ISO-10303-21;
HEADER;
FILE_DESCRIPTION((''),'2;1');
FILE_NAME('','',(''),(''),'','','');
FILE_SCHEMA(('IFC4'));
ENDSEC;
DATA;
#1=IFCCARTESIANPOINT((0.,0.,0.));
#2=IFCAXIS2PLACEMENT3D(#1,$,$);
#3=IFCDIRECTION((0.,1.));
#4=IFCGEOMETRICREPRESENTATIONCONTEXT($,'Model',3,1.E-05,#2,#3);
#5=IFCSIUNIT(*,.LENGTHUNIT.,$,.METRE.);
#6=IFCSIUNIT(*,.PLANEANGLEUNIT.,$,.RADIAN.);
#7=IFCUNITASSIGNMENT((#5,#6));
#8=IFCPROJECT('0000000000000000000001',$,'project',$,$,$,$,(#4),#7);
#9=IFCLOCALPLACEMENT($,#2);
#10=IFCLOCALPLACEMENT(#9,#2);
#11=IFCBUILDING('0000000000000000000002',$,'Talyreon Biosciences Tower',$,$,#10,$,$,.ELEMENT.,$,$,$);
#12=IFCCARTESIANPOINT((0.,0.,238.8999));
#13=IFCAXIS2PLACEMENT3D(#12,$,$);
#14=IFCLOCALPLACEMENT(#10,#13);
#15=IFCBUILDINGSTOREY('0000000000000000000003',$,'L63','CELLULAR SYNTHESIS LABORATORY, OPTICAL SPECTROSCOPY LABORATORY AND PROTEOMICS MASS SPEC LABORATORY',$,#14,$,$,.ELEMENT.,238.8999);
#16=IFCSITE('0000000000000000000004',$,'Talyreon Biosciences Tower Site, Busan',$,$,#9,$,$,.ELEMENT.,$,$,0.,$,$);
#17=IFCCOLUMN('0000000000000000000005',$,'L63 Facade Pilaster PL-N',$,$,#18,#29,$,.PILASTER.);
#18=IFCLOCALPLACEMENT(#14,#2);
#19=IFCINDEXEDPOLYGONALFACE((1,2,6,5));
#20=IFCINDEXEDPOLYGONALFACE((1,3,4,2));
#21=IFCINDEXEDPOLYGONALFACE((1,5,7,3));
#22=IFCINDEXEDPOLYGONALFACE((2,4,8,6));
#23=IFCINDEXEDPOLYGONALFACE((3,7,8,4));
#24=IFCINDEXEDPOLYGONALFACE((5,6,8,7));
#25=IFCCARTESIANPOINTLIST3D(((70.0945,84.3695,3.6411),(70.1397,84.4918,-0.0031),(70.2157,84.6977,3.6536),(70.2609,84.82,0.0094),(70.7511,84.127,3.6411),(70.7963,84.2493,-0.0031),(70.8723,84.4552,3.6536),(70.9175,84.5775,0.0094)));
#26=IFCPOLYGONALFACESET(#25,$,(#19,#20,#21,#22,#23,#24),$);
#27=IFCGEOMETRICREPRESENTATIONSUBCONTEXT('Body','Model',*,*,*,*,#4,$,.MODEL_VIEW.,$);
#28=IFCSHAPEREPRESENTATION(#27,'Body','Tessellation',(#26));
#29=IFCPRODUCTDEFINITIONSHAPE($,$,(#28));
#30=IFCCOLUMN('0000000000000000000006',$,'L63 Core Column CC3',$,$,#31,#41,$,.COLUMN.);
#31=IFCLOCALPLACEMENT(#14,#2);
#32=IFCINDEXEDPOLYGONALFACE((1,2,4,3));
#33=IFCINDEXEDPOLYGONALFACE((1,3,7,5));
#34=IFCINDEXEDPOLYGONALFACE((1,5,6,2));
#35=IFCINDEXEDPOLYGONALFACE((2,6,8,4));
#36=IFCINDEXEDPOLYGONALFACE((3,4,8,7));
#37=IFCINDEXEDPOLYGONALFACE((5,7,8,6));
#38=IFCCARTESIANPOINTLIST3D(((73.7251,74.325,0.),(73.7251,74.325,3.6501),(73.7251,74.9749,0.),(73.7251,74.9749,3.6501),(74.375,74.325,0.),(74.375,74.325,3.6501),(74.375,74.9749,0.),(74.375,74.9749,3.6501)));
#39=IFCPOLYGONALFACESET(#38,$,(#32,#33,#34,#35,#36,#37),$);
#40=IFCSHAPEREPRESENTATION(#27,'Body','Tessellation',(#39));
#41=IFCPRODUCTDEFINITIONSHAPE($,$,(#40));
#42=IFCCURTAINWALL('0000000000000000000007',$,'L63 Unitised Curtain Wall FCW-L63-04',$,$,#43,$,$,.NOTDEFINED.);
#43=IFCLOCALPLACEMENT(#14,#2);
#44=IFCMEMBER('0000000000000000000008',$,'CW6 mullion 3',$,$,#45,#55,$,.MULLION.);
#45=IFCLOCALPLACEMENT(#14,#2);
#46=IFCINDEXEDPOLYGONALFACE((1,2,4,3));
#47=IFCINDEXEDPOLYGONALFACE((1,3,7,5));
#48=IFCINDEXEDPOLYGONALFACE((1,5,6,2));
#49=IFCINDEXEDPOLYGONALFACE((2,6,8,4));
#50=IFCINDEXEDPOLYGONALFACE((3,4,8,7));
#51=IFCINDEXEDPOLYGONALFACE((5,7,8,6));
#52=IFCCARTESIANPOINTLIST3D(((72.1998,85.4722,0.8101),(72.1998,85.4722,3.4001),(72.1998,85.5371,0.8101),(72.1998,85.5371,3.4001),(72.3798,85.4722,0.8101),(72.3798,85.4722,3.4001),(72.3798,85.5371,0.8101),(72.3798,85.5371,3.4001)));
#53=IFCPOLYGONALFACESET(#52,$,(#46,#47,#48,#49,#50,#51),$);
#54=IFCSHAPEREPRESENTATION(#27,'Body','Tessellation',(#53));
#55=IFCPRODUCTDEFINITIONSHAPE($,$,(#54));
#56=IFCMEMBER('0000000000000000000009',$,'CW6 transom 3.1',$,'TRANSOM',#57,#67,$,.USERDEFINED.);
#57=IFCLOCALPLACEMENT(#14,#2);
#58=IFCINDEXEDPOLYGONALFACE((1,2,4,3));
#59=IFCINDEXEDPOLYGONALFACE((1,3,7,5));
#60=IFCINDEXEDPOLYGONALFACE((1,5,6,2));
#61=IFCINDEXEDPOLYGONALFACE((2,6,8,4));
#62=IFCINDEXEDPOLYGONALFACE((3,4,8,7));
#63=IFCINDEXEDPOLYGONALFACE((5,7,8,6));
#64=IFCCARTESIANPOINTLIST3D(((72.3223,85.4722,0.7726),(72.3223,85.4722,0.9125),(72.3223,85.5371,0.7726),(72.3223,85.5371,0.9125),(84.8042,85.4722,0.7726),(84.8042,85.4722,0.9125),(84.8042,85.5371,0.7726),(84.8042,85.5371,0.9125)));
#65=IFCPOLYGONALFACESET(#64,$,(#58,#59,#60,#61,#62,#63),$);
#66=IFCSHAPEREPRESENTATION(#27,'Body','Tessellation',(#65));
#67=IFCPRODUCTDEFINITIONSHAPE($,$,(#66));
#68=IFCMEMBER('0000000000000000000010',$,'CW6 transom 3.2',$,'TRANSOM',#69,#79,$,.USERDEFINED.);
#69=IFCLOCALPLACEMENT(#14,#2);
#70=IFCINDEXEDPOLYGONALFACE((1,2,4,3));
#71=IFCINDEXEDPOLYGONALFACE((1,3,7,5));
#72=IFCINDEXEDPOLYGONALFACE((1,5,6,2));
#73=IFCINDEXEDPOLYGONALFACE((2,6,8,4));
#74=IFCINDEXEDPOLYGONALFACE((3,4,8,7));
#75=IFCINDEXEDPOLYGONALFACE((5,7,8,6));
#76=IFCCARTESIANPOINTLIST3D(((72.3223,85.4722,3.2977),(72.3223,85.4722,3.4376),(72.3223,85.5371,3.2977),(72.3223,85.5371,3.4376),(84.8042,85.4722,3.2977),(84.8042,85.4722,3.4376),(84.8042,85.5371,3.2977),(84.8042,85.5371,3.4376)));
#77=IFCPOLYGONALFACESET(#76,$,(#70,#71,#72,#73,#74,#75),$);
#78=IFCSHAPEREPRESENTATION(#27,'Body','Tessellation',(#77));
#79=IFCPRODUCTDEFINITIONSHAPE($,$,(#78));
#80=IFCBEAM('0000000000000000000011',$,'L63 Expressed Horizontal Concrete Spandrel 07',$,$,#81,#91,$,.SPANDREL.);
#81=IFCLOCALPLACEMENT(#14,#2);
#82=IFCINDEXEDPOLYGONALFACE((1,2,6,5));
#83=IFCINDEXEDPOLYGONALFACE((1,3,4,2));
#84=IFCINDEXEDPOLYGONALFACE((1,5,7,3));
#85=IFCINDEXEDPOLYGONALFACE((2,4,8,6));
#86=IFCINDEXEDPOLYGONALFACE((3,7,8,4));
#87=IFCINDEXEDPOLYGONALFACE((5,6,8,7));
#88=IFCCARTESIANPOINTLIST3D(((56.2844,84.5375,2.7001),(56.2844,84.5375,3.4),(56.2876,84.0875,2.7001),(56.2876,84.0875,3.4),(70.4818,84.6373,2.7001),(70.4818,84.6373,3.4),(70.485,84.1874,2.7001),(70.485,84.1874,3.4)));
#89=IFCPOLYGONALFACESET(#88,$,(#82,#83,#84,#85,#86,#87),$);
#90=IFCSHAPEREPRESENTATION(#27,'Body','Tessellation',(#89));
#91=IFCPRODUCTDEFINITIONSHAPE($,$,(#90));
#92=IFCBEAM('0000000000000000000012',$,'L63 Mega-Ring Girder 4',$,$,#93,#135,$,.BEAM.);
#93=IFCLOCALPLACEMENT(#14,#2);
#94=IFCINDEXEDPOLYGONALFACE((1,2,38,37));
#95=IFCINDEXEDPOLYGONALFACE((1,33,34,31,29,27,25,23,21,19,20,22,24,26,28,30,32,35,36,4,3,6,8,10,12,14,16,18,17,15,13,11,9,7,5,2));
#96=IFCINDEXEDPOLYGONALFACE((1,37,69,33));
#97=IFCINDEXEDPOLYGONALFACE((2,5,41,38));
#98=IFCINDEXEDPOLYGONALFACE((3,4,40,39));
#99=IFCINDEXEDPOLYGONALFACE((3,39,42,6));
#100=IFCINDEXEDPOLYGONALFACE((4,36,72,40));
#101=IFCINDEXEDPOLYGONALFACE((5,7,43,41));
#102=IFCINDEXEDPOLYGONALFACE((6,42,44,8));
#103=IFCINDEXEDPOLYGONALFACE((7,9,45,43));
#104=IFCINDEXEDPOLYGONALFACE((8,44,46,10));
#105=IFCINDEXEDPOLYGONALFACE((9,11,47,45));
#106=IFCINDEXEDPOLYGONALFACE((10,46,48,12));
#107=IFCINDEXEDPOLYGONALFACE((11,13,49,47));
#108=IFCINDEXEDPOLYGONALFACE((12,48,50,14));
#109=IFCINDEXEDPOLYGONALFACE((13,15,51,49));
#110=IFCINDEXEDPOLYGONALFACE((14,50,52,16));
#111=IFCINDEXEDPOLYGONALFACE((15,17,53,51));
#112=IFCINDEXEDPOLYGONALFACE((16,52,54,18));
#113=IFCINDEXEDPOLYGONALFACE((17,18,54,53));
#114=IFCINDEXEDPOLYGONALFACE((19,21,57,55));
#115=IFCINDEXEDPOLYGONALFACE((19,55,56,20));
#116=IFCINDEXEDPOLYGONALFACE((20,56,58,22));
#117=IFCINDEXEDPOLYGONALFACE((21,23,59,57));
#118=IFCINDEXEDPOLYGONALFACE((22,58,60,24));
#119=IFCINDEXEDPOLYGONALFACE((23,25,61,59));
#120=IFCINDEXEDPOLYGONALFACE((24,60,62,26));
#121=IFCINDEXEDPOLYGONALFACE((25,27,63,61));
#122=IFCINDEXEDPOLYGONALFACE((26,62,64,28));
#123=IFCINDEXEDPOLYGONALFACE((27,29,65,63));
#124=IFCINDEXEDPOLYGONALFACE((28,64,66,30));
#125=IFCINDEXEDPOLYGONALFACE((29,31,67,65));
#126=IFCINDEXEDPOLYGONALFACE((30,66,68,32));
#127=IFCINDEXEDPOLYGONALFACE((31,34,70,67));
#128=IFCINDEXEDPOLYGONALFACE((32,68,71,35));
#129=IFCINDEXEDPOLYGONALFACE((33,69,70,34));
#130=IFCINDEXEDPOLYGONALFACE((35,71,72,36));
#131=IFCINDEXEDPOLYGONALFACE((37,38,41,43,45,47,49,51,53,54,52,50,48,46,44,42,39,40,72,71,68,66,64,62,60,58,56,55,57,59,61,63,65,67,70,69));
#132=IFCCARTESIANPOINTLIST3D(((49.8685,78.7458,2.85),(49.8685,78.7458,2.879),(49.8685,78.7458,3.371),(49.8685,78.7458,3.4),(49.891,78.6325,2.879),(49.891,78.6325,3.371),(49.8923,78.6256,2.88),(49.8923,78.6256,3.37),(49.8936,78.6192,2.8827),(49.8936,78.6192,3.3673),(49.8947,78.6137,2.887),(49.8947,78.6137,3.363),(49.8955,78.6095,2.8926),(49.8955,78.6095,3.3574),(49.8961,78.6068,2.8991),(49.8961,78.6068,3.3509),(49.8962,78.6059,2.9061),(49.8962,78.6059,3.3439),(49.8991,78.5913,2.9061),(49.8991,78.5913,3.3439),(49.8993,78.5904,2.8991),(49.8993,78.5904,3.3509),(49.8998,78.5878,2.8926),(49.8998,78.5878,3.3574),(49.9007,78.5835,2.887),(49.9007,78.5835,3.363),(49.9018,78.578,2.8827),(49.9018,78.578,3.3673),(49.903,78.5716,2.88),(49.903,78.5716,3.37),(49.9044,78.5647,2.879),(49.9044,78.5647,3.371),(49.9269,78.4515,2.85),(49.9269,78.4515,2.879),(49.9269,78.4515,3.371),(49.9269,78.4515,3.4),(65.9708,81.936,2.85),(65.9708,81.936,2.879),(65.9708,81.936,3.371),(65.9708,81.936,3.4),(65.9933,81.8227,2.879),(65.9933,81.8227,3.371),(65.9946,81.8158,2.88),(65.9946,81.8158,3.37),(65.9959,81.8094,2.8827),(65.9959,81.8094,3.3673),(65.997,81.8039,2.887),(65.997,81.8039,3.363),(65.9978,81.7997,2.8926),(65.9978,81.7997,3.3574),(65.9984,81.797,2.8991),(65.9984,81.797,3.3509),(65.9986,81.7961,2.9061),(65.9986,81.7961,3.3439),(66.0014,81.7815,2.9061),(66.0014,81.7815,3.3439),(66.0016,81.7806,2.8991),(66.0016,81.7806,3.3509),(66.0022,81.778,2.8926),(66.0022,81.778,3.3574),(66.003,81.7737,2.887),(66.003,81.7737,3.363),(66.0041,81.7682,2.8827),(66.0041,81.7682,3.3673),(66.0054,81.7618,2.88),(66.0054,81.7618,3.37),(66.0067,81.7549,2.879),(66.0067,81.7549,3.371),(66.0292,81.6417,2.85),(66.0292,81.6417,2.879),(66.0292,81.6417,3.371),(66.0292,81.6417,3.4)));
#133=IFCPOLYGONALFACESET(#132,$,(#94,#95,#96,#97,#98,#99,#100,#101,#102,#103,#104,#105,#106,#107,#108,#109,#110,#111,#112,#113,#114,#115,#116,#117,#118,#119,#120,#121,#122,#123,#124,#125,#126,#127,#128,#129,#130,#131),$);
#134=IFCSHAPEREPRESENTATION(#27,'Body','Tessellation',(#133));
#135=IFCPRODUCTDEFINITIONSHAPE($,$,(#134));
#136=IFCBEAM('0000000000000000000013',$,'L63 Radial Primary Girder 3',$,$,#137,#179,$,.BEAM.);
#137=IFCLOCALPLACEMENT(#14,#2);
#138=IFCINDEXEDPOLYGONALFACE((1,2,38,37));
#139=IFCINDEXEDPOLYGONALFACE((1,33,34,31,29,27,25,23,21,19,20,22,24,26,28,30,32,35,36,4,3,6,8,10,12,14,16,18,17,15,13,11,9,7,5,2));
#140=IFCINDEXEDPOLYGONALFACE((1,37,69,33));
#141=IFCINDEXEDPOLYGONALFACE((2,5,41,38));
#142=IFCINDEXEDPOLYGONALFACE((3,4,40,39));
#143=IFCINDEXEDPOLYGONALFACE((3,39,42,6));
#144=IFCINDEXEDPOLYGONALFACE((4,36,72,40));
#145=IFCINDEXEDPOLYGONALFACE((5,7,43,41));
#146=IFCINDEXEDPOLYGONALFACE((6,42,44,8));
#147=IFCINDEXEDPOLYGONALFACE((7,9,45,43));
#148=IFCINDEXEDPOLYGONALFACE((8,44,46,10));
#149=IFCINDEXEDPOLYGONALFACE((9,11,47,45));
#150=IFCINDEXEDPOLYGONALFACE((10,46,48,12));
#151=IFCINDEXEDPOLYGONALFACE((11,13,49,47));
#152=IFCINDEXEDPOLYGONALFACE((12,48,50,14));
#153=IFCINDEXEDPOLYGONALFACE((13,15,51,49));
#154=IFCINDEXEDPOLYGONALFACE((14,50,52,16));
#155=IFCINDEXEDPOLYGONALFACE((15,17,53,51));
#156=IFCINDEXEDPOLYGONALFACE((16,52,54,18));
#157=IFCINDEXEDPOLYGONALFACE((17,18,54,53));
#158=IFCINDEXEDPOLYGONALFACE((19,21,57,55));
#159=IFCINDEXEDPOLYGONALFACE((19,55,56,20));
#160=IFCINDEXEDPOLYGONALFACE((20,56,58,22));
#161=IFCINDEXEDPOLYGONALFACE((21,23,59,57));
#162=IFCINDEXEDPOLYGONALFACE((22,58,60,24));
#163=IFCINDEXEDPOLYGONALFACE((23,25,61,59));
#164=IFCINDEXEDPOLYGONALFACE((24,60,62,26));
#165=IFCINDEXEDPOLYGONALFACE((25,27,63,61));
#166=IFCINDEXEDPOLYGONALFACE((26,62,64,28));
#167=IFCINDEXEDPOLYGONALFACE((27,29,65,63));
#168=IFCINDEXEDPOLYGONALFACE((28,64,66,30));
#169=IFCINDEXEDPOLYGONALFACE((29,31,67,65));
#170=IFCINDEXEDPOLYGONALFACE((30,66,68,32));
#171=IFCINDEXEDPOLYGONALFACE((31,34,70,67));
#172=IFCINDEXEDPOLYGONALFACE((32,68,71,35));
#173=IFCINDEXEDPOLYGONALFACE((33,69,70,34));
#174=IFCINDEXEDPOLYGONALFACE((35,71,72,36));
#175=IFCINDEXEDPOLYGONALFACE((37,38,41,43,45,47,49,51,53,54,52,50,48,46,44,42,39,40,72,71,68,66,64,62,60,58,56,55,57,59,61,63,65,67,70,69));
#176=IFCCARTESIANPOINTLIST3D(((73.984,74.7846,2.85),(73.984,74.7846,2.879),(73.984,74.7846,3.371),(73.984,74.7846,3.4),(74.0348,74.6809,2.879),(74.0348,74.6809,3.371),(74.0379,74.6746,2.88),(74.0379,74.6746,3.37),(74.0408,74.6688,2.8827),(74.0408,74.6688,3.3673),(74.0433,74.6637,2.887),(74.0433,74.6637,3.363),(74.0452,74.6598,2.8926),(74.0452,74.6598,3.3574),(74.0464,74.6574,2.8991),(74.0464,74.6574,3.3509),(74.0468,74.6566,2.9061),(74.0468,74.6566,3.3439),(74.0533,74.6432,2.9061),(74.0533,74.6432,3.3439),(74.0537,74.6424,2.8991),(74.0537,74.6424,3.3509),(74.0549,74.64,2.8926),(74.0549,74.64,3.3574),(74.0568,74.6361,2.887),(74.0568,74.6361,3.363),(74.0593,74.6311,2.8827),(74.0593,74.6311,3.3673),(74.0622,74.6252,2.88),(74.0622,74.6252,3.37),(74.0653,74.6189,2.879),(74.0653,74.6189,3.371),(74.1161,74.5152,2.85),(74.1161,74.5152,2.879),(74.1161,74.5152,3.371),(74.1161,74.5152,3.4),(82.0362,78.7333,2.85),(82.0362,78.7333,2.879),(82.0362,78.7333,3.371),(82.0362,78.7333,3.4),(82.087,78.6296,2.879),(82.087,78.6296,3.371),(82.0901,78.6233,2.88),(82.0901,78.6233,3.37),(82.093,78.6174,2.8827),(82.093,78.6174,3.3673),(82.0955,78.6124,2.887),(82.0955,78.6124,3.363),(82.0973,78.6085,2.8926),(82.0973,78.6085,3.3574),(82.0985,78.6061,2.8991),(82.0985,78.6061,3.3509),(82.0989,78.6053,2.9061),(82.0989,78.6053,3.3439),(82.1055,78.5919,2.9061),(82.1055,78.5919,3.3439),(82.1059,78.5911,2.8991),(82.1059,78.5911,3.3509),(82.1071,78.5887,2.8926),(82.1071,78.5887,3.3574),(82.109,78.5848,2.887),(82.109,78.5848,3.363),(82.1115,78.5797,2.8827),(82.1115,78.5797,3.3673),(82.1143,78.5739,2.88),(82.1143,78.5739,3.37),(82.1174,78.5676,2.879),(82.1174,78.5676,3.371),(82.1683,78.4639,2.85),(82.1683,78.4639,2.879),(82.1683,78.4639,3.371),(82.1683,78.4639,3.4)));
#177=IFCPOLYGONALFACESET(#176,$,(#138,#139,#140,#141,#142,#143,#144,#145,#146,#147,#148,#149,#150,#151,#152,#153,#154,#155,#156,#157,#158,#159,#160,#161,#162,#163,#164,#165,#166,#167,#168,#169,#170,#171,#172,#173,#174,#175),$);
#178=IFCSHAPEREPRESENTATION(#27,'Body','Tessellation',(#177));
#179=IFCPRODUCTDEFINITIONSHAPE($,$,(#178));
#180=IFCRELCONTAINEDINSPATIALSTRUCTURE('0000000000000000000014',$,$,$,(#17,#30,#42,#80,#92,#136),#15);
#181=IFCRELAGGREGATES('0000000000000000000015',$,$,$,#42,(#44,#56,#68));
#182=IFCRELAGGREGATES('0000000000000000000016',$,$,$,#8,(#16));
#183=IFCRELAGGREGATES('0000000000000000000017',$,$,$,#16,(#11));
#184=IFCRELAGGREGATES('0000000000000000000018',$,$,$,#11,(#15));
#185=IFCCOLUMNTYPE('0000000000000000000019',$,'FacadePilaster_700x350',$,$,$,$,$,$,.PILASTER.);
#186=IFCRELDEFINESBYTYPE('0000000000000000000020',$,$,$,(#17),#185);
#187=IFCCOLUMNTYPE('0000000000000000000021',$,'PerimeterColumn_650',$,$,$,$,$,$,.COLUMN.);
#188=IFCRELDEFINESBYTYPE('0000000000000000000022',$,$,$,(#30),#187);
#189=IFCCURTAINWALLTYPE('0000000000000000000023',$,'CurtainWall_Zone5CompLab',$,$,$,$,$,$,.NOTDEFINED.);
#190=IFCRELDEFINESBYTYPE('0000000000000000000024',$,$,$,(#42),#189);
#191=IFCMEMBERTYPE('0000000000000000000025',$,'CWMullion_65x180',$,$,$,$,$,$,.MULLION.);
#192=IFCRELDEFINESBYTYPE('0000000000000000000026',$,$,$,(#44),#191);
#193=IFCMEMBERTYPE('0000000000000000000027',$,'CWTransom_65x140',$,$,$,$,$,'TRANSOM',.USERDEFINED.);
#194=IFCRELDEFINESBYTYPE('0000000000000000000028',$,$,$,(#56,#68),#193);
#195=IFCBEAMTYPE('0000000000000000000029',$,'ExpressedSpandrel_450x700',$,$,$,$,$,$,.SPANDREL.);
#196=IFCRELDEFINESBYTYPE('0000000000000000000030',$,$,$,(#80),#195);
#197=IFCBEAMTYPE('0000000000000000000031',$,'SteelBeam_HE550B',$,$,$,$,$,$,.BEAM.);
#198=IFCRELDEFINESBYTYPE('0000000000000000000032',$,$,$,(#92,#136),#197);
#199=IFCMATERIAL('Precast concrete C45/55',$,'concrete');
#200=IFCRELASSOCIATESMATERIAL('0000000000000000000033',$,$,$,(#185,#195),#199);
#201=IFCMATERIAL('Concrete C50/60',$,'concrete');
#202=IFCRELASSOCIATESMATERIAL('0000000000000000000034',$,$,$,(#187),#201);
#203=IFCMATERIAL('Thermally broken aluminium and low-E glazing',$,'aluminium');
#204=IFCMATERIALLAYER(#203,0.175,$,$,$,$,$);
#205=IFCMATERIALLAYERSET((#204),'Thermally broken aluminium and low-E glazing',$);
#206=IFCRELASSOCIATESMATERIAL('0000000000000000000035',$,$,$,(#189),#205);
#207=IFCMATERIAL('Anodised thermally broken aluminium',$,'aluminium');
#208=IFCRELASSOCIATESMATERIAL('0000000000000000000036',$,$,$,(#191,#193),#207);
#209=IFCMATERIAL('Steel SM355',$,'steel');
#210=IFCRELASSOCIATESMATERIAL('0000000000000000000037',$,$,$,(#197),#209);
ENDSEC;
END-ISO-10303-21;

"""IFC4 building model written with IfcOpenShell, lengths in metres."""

from ifc_helpers import new_model, si_unit, direction, frame, origin, origin_2d, place, context, subcontext, project, spatial, rectangle, i_section, extrude, material, layer, layer_set, material_profile, profile_set, type_object, element, aggregate, save


model = new_model("IFC4")

# Units and contexts
model_context = context("Model", 3, precision=1e-05, world=origin(), true_north=direction((0.0, 1.0)))
body_context = subcontext(model_context, "Body", "Model", "MODEL_VIEW")
ifc_project = project(units=[si_unit("LENGTHUNIT", "METRE"), si_unit("PLANEANGLEUNIT", "RADIAN")], contexts=[model_context])

# Site, building, storey
site_placement = place(None, origin())
site = spatial("IfcSite", under=ifc_project, at=site_placement, Name="Talyreon Biosciences Tower Site, Busan", CompositionType="ELEMENT", RefElevation=0.0)
building_placement = place(site_placement, origin())
building = spatial("IfcBuilding", under=site, at=building_placement, Name="Talyreon Biosciences Tower", CompositionType="ELEMENT")
storey_placement = place(building_placement, frame((0.0, 0.0, 238.8999)))
storey = spatial("IfcBuildingStorey", under=building, at=storey_placement, Name="L63", Description="CELLULAR SYNTHESIS LABORATORY, OPTICAL SPECTROSCOPY LABORATORY AND PROTEOMICS MASS SPEC LABORATORY", CompositionType="ELEMENT", Elevation=238.8999)

# Columns
ifc_material_1 = material(Name="Precast concrete C45/55", Category="concrete")
ifc_material_profile_1 = material_profile(ifc_material_1, rectangle(XDim=0.7, YDim=0.3501, at=origin_2d()), Name="RC 700x350")
ifc_profile_set_1 = profile_set([ifc_material_profile_1], Name="Precast concrete C45/55")
column_type_1 = type_object("IfcColumnType", Name="FacadePilaster_700x350", PredefinedType="PILASTER", material=ifc_profile_set_1)
column_1_placement = place(storey_placement, frame((70.5286, 84.5347, 0.0032), z_axis=(-0.012387, -0.033544, 0.99936), x_axis=(-0.938087, 0.346399, 0.0)))
element("IfcColumn", 1, at=column_1_placement, inside=storey, type_object=column_type_1, Name="L63 Facade Pilaster PL-N", PredefinedType="PILASTER", context=body_context, shape_type="SweptSolid", body=[
    extrude(rectangle(XDim=0.7, YDim=0.3501, at=origin_2d()), origin(), (0.0, 0.0, 1.0), 3.6465),
])
ifc_material_2 = material(Name="Concrete C50/60", Category="concrete")
ifc_material_profile_2 = material_profile(ifc_material_2, rectangle(XDim=0.6499, YDim=0.6499, at=origin_2d()), Name="RC 650x650")
ifc_profile_set_2 = profile_set([ifc_material_profile_2], Name="Concrete C50/60")
column_type_2 = type_object("IfcColumnType", Name="PerimeterColumn_650", PredefinedType="COLUMN", material=ifc_profile_set_2)
column_2_placement = place(storey_placement, frame((74.05, 74.6499, 0.0), z_axis=(0.0, 0.0, 1.0), x_axis=(1.0, 0.0, 0.0)))
element("IfcColumn", 2, at=column_2_placement, inside=storey, type_object=column_type_2, Name="L63 Core Column CC3", PredefinedType="COLUMN", context=body_context, shape_type="SweptSolid", body=[
    extrude(rectangle(XDim=0.6499, YDim=0.6499, at=origin_2d()), origin(), (0.0, 0.0, 1.0), 3.6501),
])

# Curtain wall, members
ifc_material_3 = material(Name="Thermally broken aluminium and low-E glazing", Category="aluminium")
ifc_layer_1 = layer(ifc_material_3, 0.175)
ifc_layer_set_1 = layer_set([ifc_layer_1], Name="Thermally broken aluminium and low-E glazing")
curtain_wall_type = type_object("IfcCurtainWallType", Name="CurtainWall_Zone5CompLab", PredefinedType="NOTDEFINED", material=ifc_layer_set_1)
curtain_wall_placement = place(storey_placement, origin())
curtain_wall = element("IfcCurtainWall", 3, at=curtain_wall_placement, inside=storey, type_object=curtain_wall_type, Name="L63 Unitised Curtain Wall FCW-L63-04", PredefinedType="NOTDEFINED")
ifc_material_4 = material(Name="Anodised thermally broken aluminium", Category="aluminium")
ifc_material_profile_3 = material_profile(ifc_material_4, rectangle(XDim=0.0649, YDim=0.1799, at=origin_2d()), Name="ALUM MULLION 65x180")
ifc_profile_set_3 = profile_set([ifc_material_profile_3], Name="Anodised thermally broken aluminium")
member_type_1 = type_object("IfcMemberType", Name="CWMullion_65x180", PredefinedType="MULLION", material=ifc_profile_set_3)
member_1_placement = place(storey_placement, frame((72.2898, 85.5046, 0.8101), z_axis=(0.0, 0.0, 1.0), x_axis=(0.0, 1.0, 0.0)))
member_1 = element("IfcMember", 4, at=member_1_placement, type_object=member_type_1, Name="CW6 mullion 3", PredefinedType="MULLION", context=body_context, shape_type="SweptSolid", body=[
    extrude(rectangle(XDim=0.0649, YDim=0.1799, at=origin_2d()), origin(), (0.0, 0.0, 1.0), 2.5901),
])
ifc_material_profile_4 = material_profile(ifc_material_4, rectangle(XDim=0.0649, YDim=0.1399, at=origin_2d()), Name="ALUM TRANSOM 65x140")
ifc_profile_set_4 = profile_set([ifc_material_profile_4], Name="Anodised thermally broken aluminium")
member_type_2 = type_object("IfcMemberType", Name="CWTransom_65x140", ElementType="TRANSOM", PredefinedType="USERDEFINED", material=ifc_profile_set_4)
member_2_placement = place(storey_placement, frame((72.3223, 85.5046, 0.8425), z_axis=(1.0, 0.0, 0.0), x_axis=(0.0, 1.0, 0.0)))
member_2 = element("IfcMember", 5, at=member_2_placement, type_object=member_type_2, Name="CW6 transom 3.1", ObjectType="TRANSOM", PredefinedType="USERDEFINED", context=body_context, shape_type="SweptSolid", body=[
    extrude(rectangle(XDim=0.0649, YDim=0.1399, at=origin_2d()), origin(), (0.0, 0.0, 1.0), 12.4819),
])
member_3_placement = place(storey_placement, frame((72.3223, 85.5046, 3.3677), z_axis=(1.0, 0.0, 0.0), x_axis=(0.0, 1.0, 0.0)))
member_3 = element("IfcMember", 6, at=member_3_placement, type_object=member_type_2, Name="CW6 transom 3.2", ObjectType="TRANSOM", PredefinedType="USERDEFINED", context=body_context, shape_type="SweptSolid", body=[
    extrude(rectangle(XDim=0.0649, YDim=0.1399, at=origin_2d()), origin(), (0.0, 0.0, 1.0), 12.4819),
])

# Beams
ifc_material_profile_5 = material_profile(ifc_material_1, rectangle(XDim=0.45, YDim=0.7, at=origin_2d()), Name="RCB 450x700")
ifc_profile_set_5 = profile_set([ifc_material_profile_5], Name="Precast concrete C45/55")
beam_type_1 = type_object("IfcBeamType", Name="ExpressedSpandrel_450x700", PredefinedType="SPANDREL", material=ifc_profile_set_5)
beam_1_placement = place(storey_placement, frame((70.4834, 84.4124, 3.05), z_axis=(-0.999975, -0.007033, 0.0), x_axis=(0.007033, -0.999975, 0.0)))
element("IfcBeam", 7, at=beam_1_placement, inside=storey, type_object=beam_type_1, Name="L63 Expressed Horizontal Concrete Spandrel 07", PredefinedType="SPANDREL", context=body_context, shape_type="SweptSolid", body=[
    extrude(rectangle(XDim=0.45, YDim=0.7, at=origin_2d()), origin(), (0.0, 0.0, 1.0), 14.1978),
])
ifc_material_5 = material(Name="Steel SM355", Category="steel")
ifc_material_profile_6 = material_profile(ifc_material_5, i_section(OverallWidth=0.3, OverallDepth=0.55, WebThickness=0.0149, FlangeThickness=0.0291, FilletRadius=0.0271, at=origin_2d()), Name="HE550B")
ifc_profile_set_6 = profile_set([ifc_material_profile_6], Name="Steel SM355")
beam_type_2 = type_object("IfcBeamType", Name="SteelBeam_HE550B", PredefinedType="BEAM", material=ifc_profile_set_6)
beam_2_placement = place(storey_placement, frame((66.0, 81.7888, 3.125), z_axis=(-0.980934, -0.194343, 0.0), x_axis=(0.194343, -0.980934, 0.0)))
element("IfcBeam", 8, at=beam_2_placement, inside=storey, type_object=beam_type_2, Name="L63 Mega-Ring Girder 4", PredefinedType="BEAM", context=body_context, shape_type="SweptSolid", body=[
    extrude(i_section(OverallWidth=0.3, OverallDepth=0.55, WebThickness=0.0149, FlangeThickness=0.0291, FilletRadius=0.0271, at=origin_2d()), origin(), (0.0, 0.0, 1.0), 16.4153),
])
beam_3_placement = place(storey_placement, frame((74.05, 74.6499, 3.125), z_axis=(0.897852, 0.440297, 0.0), x_axis=(-0.440297, 0.897852, 0.0)))
element("IfcBeam", 9, at=beam_3_placement, inside=storey, type_object=beam_type_2, Name="L63 Radial Primary Girder 3", PredefinedType="BEAM", context=body_context, shape_type="SweptSolid", body=[
    extrude(i_section(OverallWidth=0.3, OverallDepth=0.55, WebThickness=0.0149, FlangeThickness=0.0291, FilletRadius=0.0271, at=origin_2d()), origin(), (0.0, 0.0, 1.0), 8.9683),
])

aggregate(curtain_wall, [member_1, member_2, member_3])

save(model, "model.ifc")
